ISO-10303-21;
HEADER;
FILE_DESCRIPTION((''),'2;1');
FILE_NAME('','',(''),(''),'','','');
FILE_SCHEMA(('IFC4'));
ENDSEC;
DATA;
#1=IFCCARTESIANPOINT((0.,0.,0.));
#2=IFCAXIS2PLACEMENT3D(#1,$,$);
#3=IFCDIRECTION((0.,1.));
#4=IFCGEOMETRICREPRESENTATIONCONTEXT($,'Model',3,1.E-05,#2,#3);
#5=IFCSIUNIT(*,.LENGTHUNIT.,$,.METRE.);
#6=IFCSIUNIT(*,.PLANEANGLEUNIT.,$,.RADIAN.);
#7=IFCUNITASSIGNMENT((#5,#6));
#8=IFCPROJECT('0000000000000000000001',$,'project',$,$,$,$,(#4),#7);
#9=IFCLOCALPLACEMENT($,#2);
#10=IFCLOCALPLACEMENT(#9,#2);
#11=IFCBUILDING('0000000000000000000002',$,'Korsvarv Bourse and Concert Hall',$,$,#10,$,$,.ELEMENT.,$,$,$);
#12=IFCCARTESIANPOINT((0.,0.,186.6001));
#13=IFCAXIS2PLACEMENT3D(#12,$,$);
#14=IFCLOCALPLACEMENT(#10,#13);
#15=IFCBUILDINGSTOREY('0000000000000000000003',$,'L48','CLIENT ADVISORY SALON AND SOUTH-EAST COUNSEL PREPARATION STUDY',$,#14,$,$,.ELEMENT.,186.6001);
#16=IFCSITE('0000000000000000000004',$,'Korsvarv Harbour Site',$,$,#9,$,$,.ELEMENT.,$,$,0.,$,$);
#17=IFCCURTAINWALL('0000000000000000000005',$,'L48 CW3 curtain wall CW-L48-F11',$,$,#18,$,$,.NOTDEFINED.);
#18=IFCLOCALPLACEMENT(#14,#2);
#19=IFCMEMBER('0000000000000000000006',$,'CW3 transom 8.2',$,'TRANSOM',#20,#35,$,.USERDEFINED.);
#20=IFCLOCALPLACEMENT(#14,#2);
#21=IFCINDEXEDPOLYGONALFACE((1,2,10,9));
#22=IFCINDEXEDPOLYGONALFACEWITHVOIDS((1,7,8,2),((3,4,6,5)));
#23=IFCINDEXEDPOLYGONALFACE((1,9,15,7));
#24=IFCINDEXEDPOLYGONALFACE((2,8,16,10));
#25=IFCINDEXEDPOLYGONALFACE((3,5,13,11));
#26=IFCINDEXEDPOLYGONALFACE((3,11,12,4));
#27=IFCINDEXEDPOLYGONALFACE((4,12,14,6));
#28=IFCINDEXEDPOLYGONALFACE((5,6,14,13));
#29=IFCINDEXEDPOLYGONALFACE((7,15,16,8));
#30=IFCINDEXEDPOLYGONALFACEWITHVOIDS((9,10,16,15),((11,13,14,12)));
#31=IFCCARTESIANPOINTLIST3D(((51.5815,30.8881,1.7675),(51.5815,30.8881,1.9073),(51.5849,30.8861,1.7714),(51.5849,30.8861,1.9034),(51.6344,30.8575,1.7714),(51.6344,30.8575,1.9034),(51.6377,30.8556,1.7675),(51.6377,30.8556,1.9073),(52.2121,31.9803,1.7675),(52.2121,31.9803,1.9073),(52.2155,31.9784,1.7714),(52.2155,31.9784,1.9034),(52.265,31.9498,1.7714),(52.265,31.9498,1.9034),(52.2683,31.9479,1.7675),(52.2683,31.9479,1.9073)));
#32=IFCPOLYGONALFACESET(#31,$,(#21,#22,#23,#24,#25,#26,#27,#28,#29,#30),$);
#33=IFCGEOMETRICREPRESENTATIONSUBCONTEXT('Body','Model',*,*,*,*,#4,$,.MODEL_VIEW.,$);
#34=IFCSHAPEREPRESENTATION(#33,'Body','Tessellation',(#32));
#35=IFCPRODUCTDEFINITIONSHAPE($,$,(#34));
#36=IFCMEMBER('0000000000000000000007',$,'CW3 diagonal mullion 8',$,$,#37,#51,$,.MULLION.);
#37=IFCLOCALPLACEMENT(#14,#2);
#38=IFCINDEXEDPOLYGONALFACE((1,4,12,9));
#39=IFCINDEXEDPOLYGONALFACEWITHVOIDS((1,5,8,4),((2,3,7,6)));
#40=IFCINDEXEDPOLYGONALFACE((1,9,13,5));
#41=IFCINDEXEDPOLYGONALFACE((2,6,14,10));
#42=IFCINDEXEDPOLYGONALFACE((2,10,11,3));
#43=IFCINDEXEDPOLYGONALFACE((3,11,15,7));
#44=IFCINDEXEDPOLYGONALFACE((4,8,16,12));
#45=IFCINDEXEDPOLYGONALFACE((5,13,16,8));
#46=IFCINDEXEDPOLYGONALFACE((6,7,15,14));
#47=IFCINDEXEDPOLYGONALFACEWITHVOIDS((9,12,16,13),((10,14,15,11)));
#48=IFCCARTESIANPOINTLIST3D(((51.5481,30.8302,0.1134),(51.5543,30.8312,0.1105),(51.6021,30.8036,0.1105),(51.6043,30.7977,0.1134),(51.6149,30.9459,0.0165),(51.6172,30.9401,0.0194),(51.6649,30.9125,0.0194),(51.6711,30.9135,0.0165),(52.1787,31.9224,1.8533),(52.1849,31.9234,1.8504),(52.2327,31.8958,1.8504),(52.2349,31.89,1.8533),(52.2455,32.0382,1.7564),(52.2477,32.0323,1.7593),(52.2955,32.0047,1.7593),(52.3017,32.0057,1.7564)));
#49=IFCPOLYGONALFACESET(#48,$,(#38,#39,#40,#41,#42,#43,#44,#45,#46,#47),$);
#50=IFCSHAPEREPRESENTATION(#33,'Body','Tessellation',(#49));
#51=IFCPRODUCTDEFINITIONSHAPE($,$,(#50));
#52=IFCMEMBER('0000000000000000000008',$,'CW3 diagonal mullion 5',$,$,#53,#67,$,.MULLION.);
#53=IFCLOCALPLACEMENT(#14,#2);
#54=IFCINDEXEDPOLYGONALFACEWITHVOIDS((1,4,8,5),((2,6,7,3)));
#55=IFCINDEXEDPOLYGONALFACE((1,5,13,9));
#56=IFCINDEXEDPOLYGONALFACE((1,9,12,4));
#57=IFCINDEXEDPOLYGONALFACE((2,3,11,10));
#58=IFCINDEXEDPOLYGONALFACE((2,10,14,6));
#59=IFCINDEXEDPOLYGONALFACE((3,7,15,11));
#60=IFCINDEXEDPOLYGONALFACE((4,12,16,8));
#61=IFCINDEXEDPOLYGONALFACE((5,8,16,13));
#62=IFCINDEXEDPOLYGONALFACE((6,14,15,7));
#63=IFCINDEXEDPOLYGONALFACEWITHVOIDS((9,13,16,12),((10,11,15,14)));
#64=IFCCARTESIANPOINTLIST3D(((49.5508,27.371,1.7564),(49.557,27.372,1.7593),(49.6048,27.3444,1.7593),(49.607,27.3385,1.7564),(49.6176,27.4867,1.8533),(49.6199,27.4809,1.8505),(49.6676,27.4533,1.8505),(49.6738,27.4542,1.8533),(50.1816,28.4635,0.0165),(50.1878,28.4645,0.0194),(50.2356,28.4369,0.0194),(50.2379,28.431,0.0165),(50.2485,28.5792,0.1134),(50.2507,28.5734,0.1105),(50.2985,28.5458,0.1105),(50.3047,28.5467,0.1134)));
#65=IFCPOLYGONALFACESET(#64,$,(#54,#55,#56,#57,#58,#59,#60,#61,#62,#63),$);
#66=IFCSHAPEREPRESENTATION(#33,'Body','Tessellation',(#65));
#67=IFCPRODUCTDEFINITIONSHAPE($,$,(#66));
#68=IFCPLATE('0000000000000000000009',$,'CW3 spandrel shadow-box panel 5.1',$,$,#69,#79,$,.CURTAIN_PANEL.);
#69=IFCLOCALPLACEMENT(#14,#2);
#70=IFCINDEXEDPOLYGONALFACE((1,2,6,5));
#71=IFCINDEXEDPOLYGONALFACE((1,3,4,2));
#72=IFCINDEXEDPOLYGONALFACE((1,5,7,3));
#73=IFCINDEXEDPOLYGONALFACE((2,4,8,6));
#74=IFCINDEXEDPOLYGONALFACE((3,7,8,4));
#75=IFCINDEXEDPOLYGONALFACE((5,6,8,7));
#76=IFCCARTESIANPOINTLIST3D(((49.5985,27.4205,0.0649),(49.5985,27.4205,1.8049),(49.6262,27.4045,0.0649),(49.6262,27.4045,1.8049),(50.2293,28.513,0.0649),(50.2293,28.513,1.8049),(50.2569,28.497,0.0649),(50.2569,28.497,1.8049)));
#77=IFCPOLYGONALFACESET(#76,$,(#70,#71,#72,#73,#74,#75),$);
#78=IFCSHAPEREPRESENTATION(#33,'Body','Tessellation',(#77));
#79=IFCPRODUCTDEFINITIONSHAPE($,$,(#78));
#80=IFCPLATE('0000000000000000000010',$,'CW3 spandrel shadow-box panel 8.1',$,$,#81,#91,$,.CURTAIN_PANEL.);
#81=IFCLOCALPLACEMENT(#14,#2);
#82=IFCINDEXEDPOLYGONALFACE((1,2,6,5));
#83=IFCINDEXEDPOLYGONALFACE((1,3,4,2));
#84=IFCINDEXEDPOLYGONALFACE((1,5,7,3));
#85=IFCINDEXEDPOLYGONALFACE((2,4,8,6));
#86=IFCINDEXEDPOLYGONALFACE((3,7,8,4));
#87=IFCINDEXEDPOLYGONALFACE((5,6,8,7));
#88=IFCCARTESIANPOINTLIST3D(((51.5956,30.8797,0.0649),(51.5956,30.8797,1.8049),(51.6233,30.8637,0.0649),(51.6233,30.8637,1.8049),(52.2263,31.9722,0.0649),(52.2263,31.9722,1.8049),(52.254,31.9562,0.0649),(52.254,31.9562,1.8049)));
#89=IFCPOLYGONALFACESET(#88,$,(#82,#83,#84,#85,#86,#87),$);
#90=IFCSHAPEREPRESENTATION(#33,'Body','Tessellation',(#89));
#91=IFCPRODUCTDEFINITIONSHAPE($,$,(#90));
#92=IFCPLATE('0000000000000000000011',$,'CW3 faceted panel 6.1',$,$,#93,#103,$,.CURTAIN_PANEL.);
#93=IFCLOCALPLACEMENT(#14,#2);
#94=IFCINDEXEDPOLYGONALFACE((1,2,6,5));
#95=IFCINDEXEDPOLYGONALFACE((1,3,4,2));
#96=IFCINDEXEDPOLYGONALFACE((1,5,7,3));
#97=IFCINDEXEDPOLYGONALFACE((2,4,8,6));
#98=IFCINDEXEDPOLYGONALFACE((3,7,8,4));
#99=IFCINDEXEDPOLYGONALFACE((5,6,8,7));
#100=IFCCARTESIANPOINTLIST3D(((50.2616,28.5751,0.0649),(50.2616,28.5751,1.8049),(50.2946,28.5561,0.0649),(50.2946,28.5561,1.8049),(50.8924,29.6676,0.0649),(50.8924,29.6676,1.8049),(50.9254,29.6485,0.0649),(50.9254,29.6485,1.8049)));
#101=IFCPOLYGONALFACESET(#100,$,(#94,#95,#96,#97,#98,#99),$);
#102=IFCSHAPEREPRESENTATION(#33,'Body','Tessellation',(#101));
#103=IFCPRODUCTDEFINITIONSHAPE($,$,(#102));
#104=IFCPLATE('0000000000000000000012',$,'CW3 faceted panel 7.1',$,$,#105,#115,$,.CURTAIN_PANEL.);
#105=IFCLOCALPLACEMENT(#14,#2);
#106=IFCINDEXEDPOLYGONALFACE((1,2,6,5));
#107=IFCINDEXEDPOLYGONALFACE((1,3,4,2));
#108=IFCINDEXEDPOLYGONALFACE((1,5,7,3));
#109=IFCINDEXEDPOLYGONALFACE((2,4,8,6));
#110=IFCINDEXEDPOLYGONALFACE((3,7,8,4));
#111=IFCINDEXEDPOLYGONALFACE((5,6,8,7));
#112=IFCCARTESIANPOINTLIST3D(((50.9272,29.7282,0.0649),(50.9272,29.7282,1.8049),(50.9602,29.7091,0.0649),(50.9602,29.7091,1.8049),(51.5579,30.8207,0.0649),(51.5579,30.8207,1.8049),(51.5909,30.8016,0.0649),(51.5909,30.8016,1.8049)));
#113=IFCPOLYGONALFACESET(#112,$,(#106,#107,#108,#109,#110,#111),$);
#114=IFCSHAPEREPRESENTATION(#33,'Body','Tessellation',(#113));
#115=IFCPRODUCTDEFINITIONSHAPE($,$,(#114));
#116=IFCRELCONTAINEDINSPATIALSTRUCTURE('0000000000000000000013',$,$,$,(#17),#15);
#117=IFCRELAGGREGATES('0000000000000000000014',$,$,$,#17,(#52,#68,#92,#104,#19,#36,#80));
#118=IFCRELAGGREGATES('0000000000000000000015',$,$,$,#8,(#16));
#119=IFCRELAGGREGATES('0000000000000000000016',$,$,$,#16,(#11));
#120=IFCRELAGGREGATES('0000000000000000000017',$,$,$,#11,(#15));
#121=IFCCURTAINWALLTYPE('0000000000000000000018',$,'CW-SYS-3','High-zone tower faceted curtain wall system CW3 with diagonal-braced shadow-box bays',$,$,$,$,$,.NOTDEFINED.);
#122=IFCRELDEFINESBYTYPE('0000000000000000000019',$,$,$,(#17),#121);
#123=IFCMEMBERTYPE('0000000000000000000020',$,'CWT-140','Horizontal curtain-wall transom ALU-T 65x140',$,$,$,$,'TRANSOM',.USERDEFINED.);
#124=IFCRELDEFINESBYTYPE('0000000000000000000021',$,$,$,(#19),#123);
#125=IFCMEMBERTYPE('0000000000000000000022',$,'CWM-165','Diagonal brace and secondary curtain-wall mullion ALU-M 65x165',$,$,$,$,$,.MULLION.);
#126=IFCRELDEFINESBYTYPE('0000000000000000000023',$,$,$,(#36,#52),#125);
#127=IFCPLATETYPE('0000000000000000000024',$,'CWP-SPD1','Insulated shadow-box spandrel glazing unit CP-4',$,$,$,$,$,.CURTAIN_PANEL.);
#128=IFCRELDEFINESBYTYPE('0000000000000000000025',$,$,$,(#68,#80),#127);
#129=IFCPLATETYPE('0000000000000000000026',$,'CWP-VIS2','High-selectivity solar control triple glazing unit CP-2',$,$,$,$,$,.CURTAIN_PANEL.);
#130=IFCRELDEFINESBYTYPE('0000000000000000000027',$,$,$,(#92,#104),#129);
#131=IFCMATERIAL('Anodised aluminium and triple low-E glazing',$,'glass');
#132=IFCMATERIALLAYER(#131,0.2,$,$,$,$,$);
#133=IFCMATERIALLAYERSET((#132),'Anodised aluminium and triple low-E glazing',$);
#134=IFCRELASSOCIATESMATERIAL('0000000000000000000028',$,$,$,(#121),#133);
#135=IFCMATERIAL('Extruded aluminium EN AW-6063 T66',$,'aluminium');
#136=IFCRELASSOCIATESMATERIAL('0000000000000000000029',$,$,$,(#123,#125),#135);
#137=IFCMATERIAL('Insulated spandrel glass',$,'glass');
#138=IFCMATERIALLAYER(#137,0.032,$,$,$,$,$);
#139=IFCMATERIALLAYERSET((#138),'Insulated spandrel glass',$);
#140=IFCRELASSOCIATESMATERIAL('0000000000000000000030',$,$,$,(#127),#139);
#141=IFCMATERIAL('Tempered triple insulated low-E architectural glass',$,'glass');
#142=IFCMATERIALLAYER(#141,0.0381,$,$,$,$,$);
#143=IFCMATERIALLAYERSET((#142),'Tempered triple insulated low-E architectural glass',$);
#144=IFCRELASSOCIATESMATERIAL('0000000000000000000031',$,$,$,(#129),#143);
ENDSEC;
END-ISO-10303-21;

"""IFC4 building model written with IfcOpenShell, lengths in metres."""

from ifc_helpers import new_model, si_unit, direction, frame, origin, origin_2d, place, context, subcontext, project, spatial, rectangle, hollow_rectangle, extrude, source, transform, mapped, material, layer, layer_set, material_profile, profile_set, type_object, element, aggregate, save


model = new_model("IFC4")

# Units and contexts
model_context = context("Model", 3, precision=1e-05, world=origin(), true_north=direction((0.0, 1.0)))
body_context = subcontext(model_context, "Body", "Model", "MODEL_VIEW")
ifc_project = project(units=[si_unit("LENGTHUNIT", "METRE"), si_unit("PLANEANGLEUNIT", "RADIAN")], contexts=[model_context])

# Site, building, storey
site_placement = place(None, origin())
site = spatial("IfcSite", under=ifc_project, at=site_placement, Name="Korsvarv Harbour Site", CompositionType="ELEMENT", RefElevation=0.0)
building_placement = place(site_placement, origin())
building = spatial("IfcBuilding", under=site, at=building_placement, Name="Korsvarv Bourse and Concert Hall", CompositionType="ELEMENT")
storey_placement = place(building_placement, frame((0.0, 0.0, 186.6001)))
storey = spatial("IfcBuildingStorey", under=building, at=storey_placement, Name="L48", Description="CLIENT ADVISORY SALON AND SOUTH-EAST COUNSEL PREPARATION STUDY", CompositionType="ELEMENT", Elevation=186.6001)

# Curtain wall, members, plates
ifc_material_1 = material(Name="Anodised aluminium and triple low-E glazing", Category="glass")
ifc_layer_1 = layer(ifc_material_1, 0.2)
ifc_layer_set_1 = layer_set([ifc_layer_1], Name="Anodised aluminium and triple low-E glazing")
curtain_wall_type = type_object("IfcCurtainWallType", Name="CW-SYS-3", Description="High-zone tower faceted curtain wall system CW3 with diagonal-braced shadow-box bays", PredefinedType="NOTDEFINED", material=ifc_layer_set_1)
curtain_wall_placement = place(storey_placement, origin())
curtain_wall = element("IfcCurtainWall", 1, at=curtain_wall_placement, inside=storey, type_object=curtain_wall_type, Name="L48 CW3 curtain wall CW-L48-F11", PredefinedType="NOTDEFINED")
ifc_material_2 = material(Name="Extruded aluminium EN AW-6063 T66", Category="aluminium")
ifc_material_profile_1 = material_profile(ifc_material_2, hollow_rectangle(XDim=0.0649, YDim=0.1399, WallThickness=0.0039, at=origin_2d()), Name="ALU-T 65x140")
ifc_profile_set_1 = profile_set([ifc_material_profile_1], Name="Extruded aluminium EN AW-6063 T66")
member_type_1 = type_object("IfcMemberType", Name="CWT-140", Description="Horizontal curtain-wall transom ALU-T 65x140", ElementType="TRANSOM", PredefinedType="USERDEFINED", material=ifc_profile_set_1)
shared_shape_1 = source(origin(), body_context, "Body", "SweptSolid", [
    extrude(hollow_rectangle(XDim=0.0649, YDim=0.1399, WallThickness=0.0039, at=origin_2d()), origin(), (0.0, 0.0, 1.0), 1.2612),
])
member_1_placement = place(storey_placement, frame((51.6096, 30.8718, 1.8374), z_axis=(0.499991, 0.866031, 0.0), x_axis=(-0.866031, 0.499991, 0.0)))
member_1 = element("IfcMember", 2, at=member_1_placement, type_object=member_type_1, Name="CW3 transom 8.2", ObjectType="TRANSOM", PredefinedType="USERDEFINED", context=body_context, shape_type="MappedRepresentation", body=[
    mapped(shared_shape_1, transform((0.0, 0.0, 0.0), scale=1.0)),
])
ifc_material_profile_2 = material_profile(ifc_material_2, hollow_rectangle(XDim=0.0649, YDim=0.165, WallThickness=0.0049, at=origin_2d()), Name="ALU-M 65x165")
ifc_profile_set_2 = profile_set([ifc_material_profile_2], Name="Extruded aluminium EN AW-6063 T66")
member_type_2 = type_object("IfcMemberType", Name="CWM-165", Description="Diagonal brace and secondary curtain-wall mullion ALU-M 65x165", PredefinedType="MULLION", material=ifc_profile_set_2)
shared_shape_2 = source(origin(), body_context, "Body", "SweptSolid", [
    extrude(hollow_rectangle(XDim=0.0649, YDim=0.165, WallThickness=0.0049, at=origin_2d()), origin(), (0.0, 0.0, 1.0), 2.1489),
])
member_2_placement = place(storey_placement, frame((51.6096, 30.8718, 0.0649), z_axis=(0.293442, 0.508269, 0.809663), x_axis=(-0.866031, 0.499991, 0.0)))
member_2 = element("IfcMember", 3, at=member_2_placement, type_object=member_type_2, Name="CW3 diagonal mullion 8", PredefinedType="MULLION", context=body_context, shape_type="MappedRepresentation", body=[
    mapped(shared_shape_2, transform((0.0, 0.0, 0.0), scale=1.0)),
])
shared_shape_3 = source(origin(), body_context, "Body", "SweptSolid", [
    extrude(hollow_rectangle(XDim=0.0649, YDim=0.165, WallThickness=0.0049, at=origin_2d()), origin(), (0.0, 0.0, 1.0), 2.1492),
])
member_3_placement = place(storey_placement, frame((50.2432, 28.5051, 0.0649), z_axis=(-0.293529, -0.508336, 0.809589), x_axis=(0.865995, -0.500052, 0.0)))
member_3 = element("IfcMember", 4, at=member_3_placement, type_object=member_type_2, Name="CW3 diagonal mullion 5", PredefinedType="MULLION", context=body_context, shape_type="MappedRepresentation", body=[
    mapped(shared_shape_3, transform((0.0, 0.0, 0.0), scale=1.0)),
])
ifc_material_3 = material(Name="Insulated spandrel glass", Category="glass")
ifc_layer_2 = layer(ifc_material_3, 0.032)
ifc_layer_set_2 = layer_set([ifc_layer_2], Name="Insulated spandrel glass")
plate_type_1 = type_object("IfcPlateType", Name="CWP-SPD1", Description="Insulated shadow-box spandrel glazing unit CP-4", PredefinedType="CURTAIN_PANEL", material=ifc_layer_set_2)
shared_shape_4 = source(origin(), body_context, "Body", "SweptSolid", [
    extrude(rectangle(XDim=1.2615, YDim=0.032, at=origin_2d()), origin(), (0.0, 0.0, 1.0), 1.74),
])
plate_1_placement = place(storey_placement, frame((49.9277, 27.9587, 0.0649), z_axis=(0.0, 0.0, 1.0), x_axis=(0.499994, 0.866029, 0.0)))
plate_1 = element("IfcPlate", 5, at=plate_1_placement, type_object=plate_type_1, Name="CW3 spandrel shadow-box panel 5.1", PredefinedType="CURTAIN_PANEL", context=body_context, shape_type="MappedRepresentation", body=[
    mapped(shared_shape_4, transform((0.0, 0.0, 0.0), scale=1.0)),
])
plate_2_placement = place(storey_placement, frame((51.9248, 31.418, 0.0649), z_axis=(0.0, 0.0, 1.0), x_axis=(0.499994, 0.866029, 0.0)))
plate_2 = element("IfcPlate", 6, at=plate_2_placement, type_object=plate_type_1, Name="CW3 spandrel shadow-box panel 8.1", PredefinedType="CURTAIN_PANEL", context=body_context, shape_type="MappedRepresentation", body=[
    mapped(shared_shape_4, transform((0.0, 0.0, 0.0), scale=1.0)),
])
ifc_material_4 = material(Name="Tempered triple insulated low-E architectural glass", Category="glass")
ifc_layer_3 = layer(ifc_material_4, 0.0381)
ifc_layer_set_3 = layer_set([ifc_layer_3], Name="Tempered triple insulated low-E architectural glass")
plate_type_2 = type_object("IfcPlateType", Name="CWP-VIS2", Description="High-selectivity solar control triple glazing unit CP-2", PredefinedType="CURTAIN_PANEL", material=ifc_layer_set_3)
shared_shape_5 = source(origin(), body_context, "Body", "SweptSolid", [
    extrude(rectangle(XDim=1.2615, YDim=0.0381, at=origin_2d()), origin(), (0.0, 0.0, 1.0), 1.74),
])
plate_3_placement = place(storey_placement, frame((50.5935, 29.1118, 0.0649), z_axis=(0.0, 0.0, 1.0), x_axis=(0.499994, 0.866029, 0.0)))
plate_3 = element("IfcPlate", 7, at=plate_3_placement, type_object=plate_type_2, Name="CW3 faceted panel 6.1", PredefinedType="CURTAIN_PANEL", context=body_context, shape_type="MappedRepresentation", body=[
    mapped(shared_shape_5, transform((0.0, 0.0, 0.0), scale=1.0)),
])
plate_4_placement = place(storey_placement, frame((51.259, 30.2649, 0.0649), z_axis=(0.0, 0.0, 1.0), x_axis=(0.499994, 0.866029, 0.0)))
plate_4 = element("IfcPlate", 8, at=plate_4_placement, type_object=plate_type_2, Name="CW3 faceted panel 7.1", PredefinedType="CURTAIN_PANEL", context=body_context, shape_type="MappedRepresentation", body=[
    mapped(shared_shape_5, transform((0.0, 0.0, 0.0), scale=1.0)),
])
aggregate(curtain_wall, [member_3, plate_1, plate_3, plate_4, member_1, member_2, plate_2])

save(model, "model.ifc")
